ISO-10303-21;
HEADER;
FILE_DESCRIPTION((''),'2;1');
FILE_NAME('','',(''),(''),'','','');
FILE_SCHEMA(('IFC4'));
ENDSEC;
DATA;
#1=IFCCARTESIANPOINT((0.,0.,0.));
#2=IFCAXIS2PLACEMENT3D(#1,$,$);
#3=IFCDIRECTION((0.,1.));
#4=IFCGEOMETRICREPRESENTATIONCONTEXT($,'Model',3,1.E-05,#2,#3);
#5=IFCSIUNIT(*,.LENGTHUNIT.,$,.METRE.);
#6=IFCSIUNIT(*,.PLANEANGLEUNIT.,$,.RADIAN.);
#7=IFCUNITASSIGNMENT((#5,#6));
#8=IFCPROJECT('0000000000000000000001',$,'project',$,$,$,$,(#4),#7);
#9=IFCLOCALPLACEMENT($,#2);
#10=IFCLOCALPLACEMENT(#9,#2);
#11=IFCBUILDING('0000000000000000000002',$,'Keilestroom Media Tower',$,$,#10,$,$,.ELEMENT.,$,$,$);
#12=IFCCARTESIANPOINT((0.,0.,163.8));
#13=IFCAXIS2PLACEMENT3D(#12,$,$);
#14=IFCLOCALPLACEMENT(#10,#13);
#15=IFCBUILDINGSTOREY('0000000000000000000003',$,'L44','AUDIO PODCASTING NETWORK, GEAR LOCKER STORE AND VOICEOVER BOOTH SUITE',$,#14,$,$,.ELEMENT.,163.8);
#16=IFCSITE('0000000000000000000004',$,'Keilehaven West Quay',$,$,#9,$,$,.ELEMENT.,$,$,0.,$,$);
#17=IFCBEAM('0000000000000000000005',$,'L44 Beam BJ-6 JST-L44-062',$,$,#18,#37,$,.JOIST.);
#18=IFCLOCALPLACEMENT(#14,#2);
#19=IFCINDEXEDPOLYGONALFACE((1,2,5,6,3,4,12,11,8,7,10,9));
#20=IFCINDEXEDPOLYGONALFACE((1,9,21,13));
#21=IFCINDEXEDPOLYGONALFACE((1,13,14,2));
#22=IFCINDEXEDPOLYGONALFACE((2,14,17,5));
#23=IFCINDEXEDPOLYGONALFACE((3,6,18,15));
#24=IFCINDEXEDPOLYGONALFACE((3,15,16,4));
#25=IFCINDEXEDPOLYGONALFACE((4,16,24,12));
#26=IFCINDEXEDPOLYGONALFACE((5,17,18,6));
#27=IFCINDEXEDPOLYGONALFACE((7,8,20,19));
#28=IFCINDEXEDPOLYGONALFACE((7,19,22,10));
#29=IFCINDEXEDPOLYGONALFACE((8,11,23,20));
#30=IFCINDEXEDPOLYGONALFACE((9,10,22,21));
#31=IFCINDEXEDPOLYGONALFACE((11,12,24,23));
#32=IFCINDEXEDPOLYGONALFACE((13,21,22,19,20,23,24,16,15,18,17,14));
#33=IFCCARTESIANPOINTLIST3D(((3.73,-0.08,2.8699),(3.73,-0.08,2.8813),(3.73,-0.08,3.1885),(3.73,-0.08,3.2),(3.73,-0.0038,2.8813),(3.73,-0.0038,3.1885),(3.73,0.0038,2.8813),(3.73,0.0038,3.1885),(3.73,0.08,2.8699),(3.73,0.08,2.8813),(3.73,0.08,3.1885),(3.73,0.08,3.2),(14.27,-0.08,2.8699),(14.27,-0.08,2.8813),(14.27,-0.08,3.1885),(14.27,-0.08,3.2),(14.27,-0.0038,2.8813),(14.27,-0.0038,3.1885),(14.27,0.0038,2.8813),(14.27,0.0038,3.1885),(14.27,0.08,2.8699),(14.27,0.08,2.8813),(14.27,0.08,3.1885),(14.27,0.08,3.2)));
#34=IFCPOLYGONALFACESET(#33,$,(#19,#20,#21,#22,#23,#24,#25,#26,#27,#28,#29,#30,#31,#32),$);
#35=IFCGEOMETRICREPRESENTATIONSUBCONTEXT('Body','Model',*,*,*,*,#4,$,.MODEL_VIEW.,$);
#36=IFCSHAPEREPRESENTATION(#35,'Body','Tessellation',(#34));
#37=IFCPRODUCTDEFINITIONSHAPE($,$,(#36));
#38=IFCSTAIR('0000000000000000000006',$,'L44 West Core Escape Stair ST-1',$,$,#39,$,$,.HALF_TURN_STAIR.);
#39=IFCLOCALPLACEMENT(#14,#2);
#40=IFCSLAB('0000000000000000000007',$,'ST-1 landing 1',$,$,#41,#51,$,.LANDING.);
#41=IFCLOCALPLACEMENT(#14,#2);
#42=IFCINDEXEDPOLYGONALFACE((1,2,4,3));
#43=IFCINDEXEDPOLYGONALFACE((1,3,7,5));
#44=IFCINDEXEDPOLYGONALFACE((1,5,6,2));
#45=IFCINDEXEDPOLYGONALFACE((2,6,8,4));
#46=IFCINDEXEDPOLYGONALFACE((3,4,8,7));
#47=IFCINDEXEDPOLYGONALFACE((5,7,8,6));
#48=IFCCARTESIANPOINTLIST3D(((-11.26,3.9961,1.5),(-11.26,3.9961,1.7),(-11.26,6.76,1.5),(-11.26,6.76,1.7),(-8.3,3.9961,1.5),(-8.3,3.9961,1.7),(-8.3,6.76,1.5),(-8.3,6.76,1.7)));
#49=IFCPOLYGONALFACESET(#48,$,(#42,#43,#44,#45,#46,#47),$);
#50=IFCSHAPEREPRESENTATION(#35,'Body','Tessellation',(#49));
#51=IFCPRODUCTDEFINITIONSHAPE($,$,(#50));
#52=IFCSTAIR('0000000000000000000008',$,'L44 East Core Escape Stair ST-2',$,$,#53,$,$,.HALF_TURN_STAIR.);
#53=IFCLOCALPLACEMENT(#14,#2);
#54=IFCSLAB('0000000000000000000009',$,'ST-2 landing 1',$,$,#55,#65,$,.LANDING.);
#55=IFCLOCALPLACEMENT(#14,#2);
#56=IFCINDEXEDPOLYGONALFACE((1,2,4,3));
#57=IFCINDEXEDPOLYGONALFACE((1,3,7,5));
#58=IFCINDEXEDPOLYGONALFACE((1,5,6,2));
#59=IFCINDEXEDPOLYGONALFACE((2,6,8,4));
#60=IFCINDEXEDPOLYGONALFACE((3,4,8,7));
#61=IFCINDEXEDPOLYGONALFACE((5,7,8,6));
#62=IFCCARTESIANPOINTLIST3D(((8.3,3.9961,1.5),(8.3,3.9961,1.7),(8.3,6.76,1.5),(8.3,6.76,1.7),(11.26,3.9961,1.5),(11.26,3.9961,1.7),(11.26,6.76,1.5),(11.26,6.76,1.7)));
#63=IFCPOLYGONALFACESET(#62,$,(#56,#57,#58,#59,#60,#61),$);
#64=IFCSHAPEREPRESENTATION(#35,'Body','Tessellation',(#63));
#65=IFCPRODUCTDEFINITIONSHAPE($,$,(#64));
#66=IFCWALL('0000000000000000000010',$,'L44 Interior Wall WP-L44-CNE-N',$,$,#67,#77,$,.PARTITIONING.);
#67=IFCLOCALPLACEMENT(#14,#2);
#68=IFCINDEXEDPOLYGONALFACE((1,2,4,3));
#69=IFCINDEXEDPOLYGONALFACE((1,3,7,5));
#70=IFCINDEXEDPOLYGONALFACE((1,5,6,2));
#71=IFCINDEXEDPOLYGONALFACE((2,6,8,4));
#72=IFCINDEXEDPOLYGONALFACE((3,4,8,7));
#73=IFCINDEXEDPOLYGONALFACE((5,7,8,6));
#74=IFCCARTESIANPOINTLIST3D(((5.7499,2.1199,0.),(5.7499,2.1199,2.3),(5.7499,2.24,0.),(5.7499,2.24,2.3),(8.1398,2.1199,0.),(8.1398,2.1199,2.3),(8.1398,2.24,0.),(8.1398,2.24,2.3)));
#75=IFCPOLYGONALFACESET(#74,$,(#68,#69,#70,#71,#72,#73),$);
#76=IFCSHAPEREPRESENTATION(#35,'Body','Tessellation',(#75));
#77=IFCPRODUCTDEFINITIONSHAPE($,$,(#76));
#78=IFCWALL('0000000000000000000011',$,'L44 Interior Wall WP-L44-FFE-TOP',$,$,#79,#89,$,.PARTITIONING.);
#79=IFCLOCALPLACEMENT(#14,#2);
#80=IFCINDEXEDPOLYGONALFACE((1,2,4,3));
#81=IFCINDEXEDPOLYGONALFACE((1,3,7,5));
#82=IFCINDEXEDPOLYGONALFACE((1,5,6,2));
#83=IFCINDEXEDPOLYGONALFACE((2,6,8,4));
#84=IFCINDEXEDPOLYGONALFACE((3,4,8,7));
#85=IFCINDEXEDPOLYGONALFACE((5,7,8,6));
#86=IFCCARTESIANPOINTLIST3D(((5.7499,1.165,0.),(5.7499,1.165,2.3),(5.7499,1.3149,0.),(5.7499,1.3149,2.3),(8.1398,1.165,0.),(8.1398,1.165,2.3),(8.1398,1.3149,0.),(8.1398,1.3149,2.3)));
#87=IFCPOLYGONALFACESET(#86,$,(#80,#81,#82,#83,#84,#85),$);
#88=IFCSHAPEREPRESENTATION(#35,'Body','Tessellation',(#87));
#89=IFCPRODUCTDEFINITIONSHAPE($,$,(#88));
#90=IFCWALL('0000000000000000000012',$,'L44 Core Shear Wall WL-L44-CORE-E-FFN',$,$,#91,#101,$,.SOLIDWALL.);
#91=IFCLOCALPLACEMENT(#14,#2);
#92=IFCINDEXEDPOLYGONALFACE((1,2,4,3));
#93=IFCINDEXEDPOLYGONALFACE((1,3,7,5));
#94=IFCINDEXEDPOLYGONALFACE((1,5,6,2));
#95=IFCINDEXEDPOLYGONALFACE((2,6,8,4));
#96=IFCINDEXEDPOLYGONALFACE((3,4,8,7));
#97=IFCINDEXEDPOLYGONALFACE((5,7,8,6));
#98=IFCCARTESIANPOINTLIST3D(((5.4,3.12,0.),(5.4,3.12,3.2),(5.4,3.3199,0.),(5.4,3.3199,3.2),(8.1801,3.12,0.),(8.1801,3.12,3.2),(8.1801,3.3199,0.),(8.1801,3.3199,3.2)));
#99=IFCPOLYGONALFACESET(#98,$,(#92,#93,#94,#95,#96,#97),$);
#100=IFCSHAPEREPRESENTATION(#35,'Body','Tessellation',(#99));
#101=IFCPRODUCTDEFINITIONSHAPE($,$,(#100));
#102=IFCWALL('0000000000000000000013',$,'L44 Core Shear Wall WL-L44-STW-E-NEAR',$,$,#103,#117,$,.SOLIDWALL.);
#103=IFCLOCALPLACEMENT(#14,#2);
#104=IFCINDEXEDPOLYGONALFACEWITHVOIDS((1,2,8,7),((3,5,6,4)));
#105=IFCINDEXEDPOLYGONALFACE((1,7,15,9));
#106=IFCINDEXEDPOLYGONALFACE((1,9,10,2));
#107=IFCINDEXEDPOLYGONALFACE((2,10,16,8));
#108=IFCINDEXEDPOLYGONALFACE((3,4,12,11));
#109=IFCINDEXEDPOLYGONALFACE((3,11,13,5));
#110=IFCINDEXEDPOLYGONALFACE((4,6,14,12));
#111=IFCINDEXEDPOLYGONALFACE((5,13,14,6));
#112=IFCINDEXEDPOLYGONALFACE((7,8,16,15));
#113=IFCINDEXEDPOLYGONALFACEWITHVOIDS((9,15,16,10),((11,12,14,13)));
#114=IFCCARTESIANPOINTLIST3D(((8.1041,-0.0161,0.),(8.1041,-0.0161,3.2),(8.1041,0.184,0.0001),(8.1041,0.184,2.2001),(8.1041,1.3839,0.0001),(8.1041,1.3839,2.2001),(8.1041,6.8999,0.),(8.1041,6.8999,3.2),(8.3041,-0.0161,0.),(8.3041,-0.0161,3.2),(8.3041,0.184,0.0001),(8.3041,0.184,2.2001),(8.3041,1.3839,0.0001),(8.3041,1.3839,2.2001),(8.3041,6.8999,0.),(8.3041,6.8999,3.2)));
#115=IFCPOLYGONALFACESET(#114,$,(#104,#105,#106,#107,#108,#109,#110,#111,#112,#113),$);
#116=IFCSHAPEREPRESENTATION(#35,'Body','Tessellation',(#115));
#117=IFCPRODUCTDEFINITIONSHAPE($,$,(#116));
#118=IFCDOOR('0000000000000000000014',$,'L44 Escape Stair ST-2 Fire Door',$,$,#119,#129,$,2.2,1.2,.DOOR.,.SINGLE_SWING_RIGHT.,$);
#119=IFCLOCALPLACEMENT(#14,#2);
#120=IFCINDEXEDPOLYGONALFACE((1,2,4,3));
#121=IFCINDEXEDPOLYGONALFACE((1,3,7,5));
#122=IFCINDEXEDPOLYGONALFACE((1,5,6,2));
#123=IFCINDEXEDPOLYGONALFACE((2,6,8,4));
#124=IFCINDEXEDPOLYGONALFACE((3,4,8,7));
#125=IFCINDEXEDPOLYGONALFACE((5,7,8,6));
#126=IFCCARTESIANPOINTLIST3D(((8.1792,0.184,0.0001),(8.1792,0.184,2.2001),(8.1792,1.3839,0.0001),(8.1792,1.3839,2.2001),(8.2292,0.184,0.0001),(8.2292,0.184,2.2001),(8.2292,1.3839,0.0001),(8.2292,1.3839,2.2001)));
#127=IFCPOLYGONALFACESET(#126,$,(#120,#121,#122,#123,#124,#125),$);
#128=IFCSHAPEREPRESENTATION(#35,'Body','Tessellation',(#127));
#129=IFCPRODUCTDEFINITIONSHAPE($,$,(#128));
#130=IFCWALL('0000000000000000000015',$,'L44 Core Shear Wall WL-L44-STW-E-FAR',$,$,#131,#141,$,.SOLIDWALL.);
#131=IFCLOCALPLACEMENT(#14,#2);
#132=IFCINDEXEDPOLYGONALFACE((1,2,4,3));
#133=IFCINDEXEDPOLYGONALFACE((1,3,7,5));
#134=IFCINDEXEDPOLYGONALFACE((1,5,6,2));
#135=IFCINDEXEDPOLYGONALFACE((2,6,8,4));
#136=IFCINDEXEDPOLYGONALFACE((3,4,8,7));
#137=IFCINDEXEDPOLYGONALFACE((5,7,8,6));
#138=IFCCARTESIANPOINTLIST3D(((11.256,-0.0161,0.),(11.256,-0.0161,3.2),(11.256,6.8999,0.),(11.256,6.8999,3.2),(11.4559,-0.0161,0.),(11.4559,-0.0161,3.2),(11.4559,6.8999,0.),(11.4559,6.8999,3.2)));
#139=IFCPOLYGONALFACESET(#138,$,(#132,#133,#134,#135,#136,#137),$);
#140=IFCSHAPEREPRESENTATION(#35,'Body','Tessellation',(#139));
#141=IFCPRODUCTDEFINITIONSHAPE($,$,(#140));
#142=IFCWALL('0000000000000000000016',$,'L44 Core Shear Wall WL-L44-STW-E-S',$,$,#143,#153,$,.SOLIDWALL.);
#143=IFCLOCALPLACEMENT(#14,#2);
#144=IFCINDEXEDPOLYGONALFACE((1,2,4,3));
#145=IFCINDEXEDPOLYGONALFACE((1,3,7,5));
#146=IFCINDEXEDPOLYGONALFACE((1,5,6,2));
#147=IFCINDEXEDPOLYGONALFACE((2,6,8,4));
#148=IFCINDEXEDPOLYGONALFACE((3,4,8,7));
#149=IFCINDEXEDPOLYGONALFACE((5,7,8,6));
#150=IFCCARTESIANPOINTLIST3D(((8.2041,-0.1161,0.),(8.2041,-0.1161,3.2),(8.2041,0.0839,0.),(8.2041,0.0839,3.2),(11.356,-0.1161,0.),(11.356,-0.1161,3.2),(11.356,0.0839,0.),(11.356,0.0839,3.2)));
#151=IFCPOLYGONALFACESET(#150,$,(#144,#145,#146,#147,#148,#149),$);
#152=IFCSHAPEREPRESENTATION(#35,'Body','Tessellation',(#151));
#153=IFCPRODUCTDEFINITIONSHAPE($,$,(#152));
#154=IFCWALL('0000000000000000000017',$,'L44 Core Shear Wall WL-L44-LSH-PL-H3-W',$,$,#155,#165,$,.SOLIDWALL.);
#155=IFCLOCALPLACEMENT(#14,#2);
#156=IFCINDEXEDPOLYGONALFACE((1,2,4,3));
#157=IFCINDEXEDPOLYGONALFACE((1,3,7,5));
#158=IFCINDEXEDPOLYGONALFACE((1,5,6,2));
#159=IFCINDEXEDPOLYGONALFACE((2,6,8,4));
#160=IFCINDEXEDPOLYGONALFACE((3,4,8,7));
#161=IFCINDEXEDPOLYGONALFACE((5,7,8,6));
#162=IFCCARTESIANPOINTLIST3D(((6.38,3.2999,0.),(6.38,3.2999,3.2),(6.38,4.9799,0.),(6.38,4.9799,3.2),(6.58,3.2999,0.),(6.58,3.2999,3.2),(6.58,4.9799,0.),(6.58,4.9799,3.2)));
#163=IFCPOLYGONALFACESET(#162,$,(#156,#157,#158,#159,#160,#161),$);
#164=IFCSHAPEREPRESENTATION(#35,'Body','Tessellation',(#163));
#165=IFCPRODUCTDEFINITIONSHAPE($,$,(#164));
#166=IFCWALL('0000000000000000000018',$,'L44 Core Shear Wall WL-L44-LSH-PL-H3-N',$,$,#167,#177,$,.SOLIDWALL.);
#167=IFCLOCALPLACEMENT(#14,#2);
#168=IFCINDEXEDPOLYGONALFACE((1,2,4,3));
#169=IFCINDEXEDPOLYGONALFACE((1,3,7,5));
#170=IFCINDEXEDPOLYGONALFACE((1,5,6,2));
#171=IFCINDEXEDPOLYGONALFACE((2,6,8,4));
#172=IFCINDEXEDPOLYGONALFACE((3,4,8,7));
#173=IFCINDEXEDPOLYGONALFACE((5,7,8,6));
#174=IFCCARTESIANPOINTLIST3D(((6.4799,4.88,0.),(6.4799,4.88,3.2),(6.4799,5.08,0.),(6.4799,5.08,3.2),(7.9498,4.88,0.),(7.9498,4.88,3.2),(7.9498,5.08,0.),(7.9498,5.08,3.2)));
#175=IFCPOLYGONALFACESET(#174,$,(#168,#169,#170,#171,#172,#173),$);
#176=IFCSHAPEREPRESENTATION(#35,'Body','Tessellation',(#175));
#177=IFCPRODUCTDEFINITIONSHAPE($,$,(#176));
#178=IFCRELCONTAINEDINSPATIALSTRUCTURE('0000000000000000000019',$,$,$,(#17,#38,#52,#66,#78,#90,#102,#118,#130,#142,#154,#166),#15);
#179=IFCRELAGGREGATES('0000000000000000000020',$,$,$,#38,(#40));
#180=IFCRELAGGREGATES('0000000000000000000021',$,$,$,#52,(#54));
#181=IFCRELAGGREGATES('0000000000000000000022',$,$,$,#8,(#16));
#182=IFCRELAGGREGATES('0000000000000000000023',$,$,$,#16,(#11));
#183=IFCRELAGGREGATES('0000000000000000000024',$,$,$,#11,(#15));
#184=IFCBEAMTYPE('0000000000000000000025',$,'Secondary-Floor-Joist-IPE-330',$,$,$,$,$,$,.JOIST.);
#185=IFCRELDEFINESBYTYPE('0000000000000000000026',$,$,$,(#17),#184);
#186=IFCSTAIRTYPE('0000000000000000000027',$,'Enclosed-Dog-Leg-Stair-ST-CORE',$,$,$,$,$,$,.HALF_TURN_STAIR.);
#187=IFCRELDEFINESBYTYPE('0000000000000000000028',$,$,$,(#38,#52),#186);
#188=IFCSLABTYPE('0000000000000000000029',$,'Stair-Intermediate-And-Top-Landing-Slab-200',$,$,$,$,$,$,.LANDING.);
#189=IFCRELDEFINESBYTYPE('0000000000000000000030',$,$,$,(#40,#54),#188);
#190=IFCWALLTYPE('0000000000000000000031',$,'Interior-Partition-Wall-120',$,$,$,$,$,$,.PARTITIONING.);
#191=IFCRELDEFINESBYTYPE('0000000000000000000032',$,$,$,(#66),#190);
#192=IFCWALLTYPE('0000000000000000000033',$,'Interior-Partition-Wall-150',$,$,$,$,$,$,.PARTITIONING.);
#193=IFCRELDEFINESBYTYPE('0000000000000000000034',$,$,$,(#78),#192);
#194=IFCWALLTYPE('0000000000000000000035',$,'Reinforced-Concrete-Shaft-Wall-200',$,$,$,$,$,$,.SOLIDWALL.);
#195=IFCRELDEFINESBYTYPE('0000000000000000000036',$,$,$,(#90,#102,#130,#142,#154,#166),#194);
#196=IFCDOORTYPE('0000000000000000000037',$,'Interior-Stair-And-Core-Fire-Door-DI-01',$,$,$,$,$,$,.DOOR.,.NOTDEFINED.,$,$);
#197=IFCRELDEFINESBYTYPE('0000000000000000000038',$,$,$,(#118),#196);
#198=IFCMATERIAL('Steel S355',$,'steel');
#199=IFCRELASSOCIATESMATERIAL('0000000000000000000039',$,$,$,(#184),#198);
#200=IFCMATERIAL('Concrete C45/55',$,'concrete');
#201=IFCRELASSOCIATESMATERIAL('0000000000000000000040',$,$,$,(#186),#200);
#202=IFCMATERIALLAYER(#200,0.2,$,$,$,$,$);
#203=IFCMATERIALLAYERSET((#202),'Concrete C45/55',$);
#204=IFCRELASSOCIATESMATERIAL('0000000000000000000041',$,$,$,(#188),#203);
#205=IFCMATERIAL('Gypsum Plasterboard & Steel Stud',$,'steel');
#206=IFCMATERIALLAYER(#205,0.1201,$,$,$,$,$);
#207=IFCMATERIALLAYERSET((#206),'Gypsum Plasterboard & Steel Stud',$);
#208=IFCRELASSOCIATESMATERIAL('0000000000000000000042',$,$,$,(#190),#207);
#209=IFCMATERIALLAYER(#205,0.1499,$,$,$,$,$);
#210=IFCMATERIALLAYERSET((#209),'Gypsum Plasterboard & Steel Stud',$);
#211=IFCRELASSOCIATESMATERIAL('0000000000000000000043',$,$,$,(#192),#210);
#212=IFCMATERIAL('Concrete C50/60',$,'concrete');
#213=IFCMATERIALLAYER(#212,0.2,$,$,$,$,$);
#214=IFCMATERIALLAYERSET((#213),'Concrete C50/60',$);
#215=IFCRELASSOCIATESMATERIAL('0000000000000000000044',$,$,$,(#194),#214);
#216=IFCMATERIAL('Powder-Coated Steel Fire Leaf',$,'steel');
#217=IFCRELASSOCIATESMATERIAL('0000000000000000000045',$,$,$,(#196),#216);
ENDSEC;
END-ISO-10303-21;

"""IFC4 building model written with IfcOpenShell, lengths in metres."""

from ifc_helpers import new_model, si_unit, direction, frame, frame_2d, origin, origin_2d, place, context, subcontext, project, spatial, polyline, rectangle, i_section, outline, extrude, source, transform, mapped, material, layer, layer_set, material_profile, profile_set, type_object, element, fill, aggregate, save


model = new_model("IFC4")

# Units and contexts
model_context = context("Model", 3, precision=1e-05, world=origin(), true_north=direction((0.0, 1.0)))
body_context = subcontext(model_context, "Body", "Model", "MODEL_VIEW")
ifc_project = project(units=[si_unit("LENGTHUNIT", "METRE"), si_unit("PLANEANGLEUNIT", "RADIAN")], contexts=[model_context])

# Site, building, storey
site_placement = place(None, origin())
site = spatial("IfcSite", under=ifc_project, at=site_placement, Name="Keilehaven West Quay", CompositionType="ELEMENT", RefElevation=0.0)
building_placement = place(site_placement, origin())
building = spatial("IfcBuilding", under=site, at=building_placement, Name="Keilestroom Media Tower", CompositionType="ELEMENT")
storey_placement = place(building_placement, frame((0.0, 0.0, 163.8)))
storey = spatial("IfcBuildingStorey", under=building, at=storey_placement, Name="L44", Description="AUDIO PODCASTING NETWORK, GEAR LOCKER STORE AND VOICEOVER BOOTH SUITE", CompositionType="ELEMENT", Elevation=163.8)

# Beam
ifc_material_1 = material(Name="Steel S355", Category="steel")
ifc_material_profile = material_profile(ifc_material_1, i_section(OverallWidth=0.1599, OverallDepth=0.3301, WebThickness=0.0076, FlangeThickness=0.0115, at=origin_2d()), Name="IPE 330")
ifc_profile_set = profile_set([ifc_material_profile], Name="Steel S355")
beam_type = type_object("IfcBeamType", Name="Secondary-Floor-Joist-IPE-330", PredefinedType="JOIST", material=ifc_profile_set)
shared_shape_1 = source(origin(), body_context, "Body", "SweptSolid", [
    extrude(i_section(OverallWidth=0.1599, OverallDepth=0.3301, WebThickness=0.0076, FlangeThickness=0.0115, at=origin_2d()), origin(), (0.0, 0.0, 1.0), 10.54),
])
beam_placement = place(storey_placement, frame((3.73, 0.0, 3.0349), z_axis=(1.0, 0.0, 0.0), x_axis=(0.0, 1.0, 0.0)))
element("IfcBeam", 1, at=beam_placement, inside=storey, type_object=beam_type, Name="L44 Beam BJ-6 JST-L44-062", PredefinedType="JOIST", context=body_context, shape_type="MappedRepresentation", body=[
    mapped(shared_shape_1, transform((0.0, 0.0, 0.0), x_axis=(1.0, 0.0, 0.0), y_axis=(0.0, 1.0, 0.0), z_axis=(0.0, 0.0, 1.0), scale=1.0)),
])

# Stairs, slabs
ifc_material_2 = material(Name="Concrete C45/55", Category="concrete")
stair_type = type_object("IfcStairType", Name="Enclosed-Dog-Leg-Stair-ST-CORE", PredefinedType="HALF_TURN_STAIR", material=ifc_material_2)
stair_1_placement = place(storey_placement, origin())
stair_1 = element("IfcStair", 2, at=stair_1_placement, inside=storey, type_object=stair_type, Name="L44 West Core Escape Stair ST-1", PredefinedType="HALF_TURN_STAIR")
ifc_layer_1 = layer(ifc_material_2, 0.2)
ifc_layer_set_1 = layer_set([ifc_layer_1], Name="Concrete C45/55")
slab_type = type_object("IfcSlabType", Name="Stair-Intermediate-And-Top-Landing-Slab-200", PredefinedType="LANDING", material=ifc_layer_set_1)
slab_1_placement = place(storey_placement, frame((0.0, 0.0, 1.5)))
slab_1 = element("IfcSlab", 3, at=slab_1_placement, type_object=slab_type, Name="ST-1 landing 1", PredefinedType="LANDING", context=body_context, shape_type="SweptSolid", body=[
    extrude(outline(polyline([(-8.3, 3.9961), (-8.3, 6.76), (-11.26, 6.76), (-11.26, 3.9961), (-8.3, 3.9961)])), origin(), (0.0, 0.0, 1.0), 0.2),
])
aggregate(stair_1, [slab_1])
stair_2_placement = place(storey_placement, origin())
stair_2 = element("IfcStair", 4, at=stair_2_placement, inside=storey, type_object=stair_type, Name="L44 East Core Escape Stair ST-2", PredefinedType="HALF_TURN_STAIR")
slab_2_placement = place(storey_placement, frame((0.0, 0.0, 1.5)))
slab_2 = element("IfcSlab", 5, at=slab_2_placement, type_object=slab_type, Name="ST-2 landing 1", PredefinedType="LANDING", context=body_context, shape_type="SweptSolid", body=[
    extrude(outline(polyline([(11.26, 3.9961), (11.26, 6.76), (8.3, 6.76), (8.3, 3.9961), (11.26, 3.9961)])), origin(), (0.0, 0.0, 1.0), 0.2),
])

# Walls
ifc_material_3 = material(Name="Gypsum Plasterboard & Steel Stud", Category="steel")
ifc_layer_2 = layer(ifc_material_3, 0.1201)
ifc_layer_set_2 = layer_set([ifc_layer_2], Name="Gypsum Plasterboard & Steel Stud")
wall_type_1 = type_object("IfcWallType", Name="Interior-Partition-Wall-120", PredefinedType="PARTITIONING", material=ifc_layer_set_2)
wall_1_placement = place(storey_placement, frame((5.75, 2.1799, 0.0), z_axis=(0.0, 0.0, 1.0), x_axis=(1.0, 0.0, 0.0)))
element("IfcWall", 6, at=wall_1_placement, inside=storey, type_object=wall_type_1, Name="L44 Interior Wall WP-L44-CNE-N", PredefinedType="PARTITIONING", context=body_context, shape_type="SweptSolid", body=[
    extrude(rectangle(XDim=2.3899, YDim=0.1201, at=frame_2d((1.1948, 0.0))), origin(), (0.0, 0.0, 1.0), 2.3),
])
ifc_layer_3 = layer(ifc_material_3, 0.1499)
ifc_layer_set_3 = layer_set([ifc_layer_3], Name="Gypsum Plasterboard & Steel Stud")
wall_type_2 = type_object("IfcWallType", Name="Interior-Partition-Wall-150", PredefinedType="PARTITIONING", material=ifc_layer_set_3)
wall_2_placement = place(storey_placement, frame((5.75, 1.24, 0.0), z_axis=(0.0, 0.0, 1.0), x_axis=(1.0, 0.0, 0.0)))
element("IfcWall", 7, at=wall_2_placement, inside=storey, type_object=wall_type_2, Name="L44 Interior Wall WP-L44-FFE-TOP", PredefinedType="PARTITIONING", context=body_context, shape_type="SweptSolid", body=[
    extrude(rectangle(XDim=2.3899, YDim=0.1499, at=frame_2d((1.1948, 0.0))), origin(), (0.0, 0.0, 1.0), 2.3),
])
ifc_material_4 = material(Name="Concrete C50/60", Category="concrete")
ifc_layer_4 = layer(ifc_material_4, 0.2)
ifc_layer_set_4 = layer_set([ifc_layer_4], Name="Concrete C50/60")
wall_type_3 = type_object("IfcWallType", Name="Reinforced-Concrete-Shaft-Wall-200", PredefinedType="SOLIDWALL", material=ifc_layer_set_4)
wall_3_placement = place(storey_placement, frame((5.3999, 3.22, 0.0), z_axis=(0.0, 0.0, 1.0), x_axis=(1.0, 0.0, 0.0)))
element("IfcWall", 8, at=wall_3_placement, inside=storey, type_object=wall_type_3, Name="L44 Core Shear Wall WL-L44-CORE-E-FFN", PredefinedType="SOLIDWALL", context=body_context, shape_type="SweptSolid", body=[
    extrude(rectangle(XDim=2.78, YDim=0.2, at=frame_2d((1.3901, 0.0))), origin(), (0.0, 0.0, 1.0), 3.2),
])

# Wall, opening, door
wall_4_placement = place(storey_placement, frame((8.2041, -0.0161, 0.0), z_axis=(0.0, 0.0, 1.0), x_axis=(0.0, 1.0, 0.0)))
wall_4 = element("IfcWall", 9, at=wall_4_placement, inside=storey, type_object=wall_type_3, Name="L44 Core Shear Wall WL-L44-STW-E-NEAR", PredefinedType="SOLIDWALL", context=body_context, shape_type="SweptSolid", body=[
    extrude(rectangle(XDim=6.916, YDim=0.2, at=frame_2d((3.458, 0.0))), origin(), (0.0, 0.0, 1.0), 3.2),
])
opening_placement = place(wall_4_placement, frame((0.2, 0.0, 0.0)))
opening = element("IfcOpeningElement", 10, at=opening_placement, cuts=wall_4, PredefinedType="OPENING", context=body_context, shape_type="SweptSolid", body=[
    extrude(rectangle(XDim=1.2, YDim=2.2, at=frame_2d((0.6001, 1.1001))), frame((0.0, 0.1099, 0.0), z_axis=(0.0, -1.0, 0.0), x_axis=(1.0, 0.0, 0.0)), (0.0, 0.0, 1.0), 0.22),
])
ifc_material_5 = material(Name="Powder-Coated Steel Fire Leaf", Category="steel")
door_type = type_object("IfcDoorType", Name="Interior-Stair-And-Core-Fire-Door-DI-01", OperationType="NOTDEFINED", PredefinedType="DOOR", material=ifc_material_5)
shared_shape_2 = source(origin(), body_context, "Body", "SweptSolid", [
    extrude(rectangle(XDim=1.2, YDim=2.2, at=frame_2d((0.6001, 1.1001))), frame((0.0, 0.0249, 0.0), z_axis=(0.0, -1.0, 0.0), x_axis=(1.0, 0.0, 0.0)), (0.0, 0.0, 1.0), 0.05),
])
door_placement = place(opening_placement, origin())
door = element("IfcDoor", 11, at=door_placement, inside=storey, type_object=door_type, Name="L44 Escape Stair ST-2 Fire Door", OperationType="SINGLE_SWING_RIGHT", OverallHeight=2.2, OverallWidth=1.2, PredefinedType="DOOR", context=body_context, shape_type="MappedRepresentation", body=[
    mapped(shared_shape_2, transform((0.0, 0.0, 0.0), x_axis=(1.0, 0.0, 0.0), y_axis=(0.0, 1.0, 0.0), z_axis=(0.0, 0.0, 1.0), scale=1.0)),
])
fill(opening, door)

# Walls
wall_5_placement = place(storey_placement, frame((11.356, -0.0161, 0.0), z_axis=(0.0, 0.0, 1.0), x_axis=(0.0, 1.0, 0.0)))
element("IfcWall", 12, at=wall_5_placement, inside=storey, type_object=wall_type_3, Name="L44 Core Shear Wall WL-L44-STW-E-FAR", PredefinedType="SOLIDWALL", context=body_context, shape_type="SweptSolid", body=[
    extrude(rectangle(XDim=6.916, YDim=0.2, at=frame_2d((3.458, 0.0))), origin(), (0.0, 0.0, 1.0), 3.2),
])
wall_6_placement = place(storey_placement, frame((8.2041, -0.0161, 0.0), z_axis=(0.0, 0.0, 1.0), x_axis=(1.0, 0.0, 0.0)))
element("IfcWall", 13, at=wall_6_placement, inside=storey, type_object=wall_type_3, Name="L44 Core Shear Wall WL-L44-STW-E-S", PredefinedType="SOLIDWALL", context=body_context, shape_type="SweptSolid", body=[
    extrude(rectangle(XDim=3.1519, YDim=0.2, at=frame_2d((1.5759, 0.0))), origin(), (0.0, 0.0, 1.0), 3.2),
])
wall_7_placement = place(storey_placement, frame((6.48, 3.3, 0.0), z_axis=(0.0, 0.0, 1.0), x_axis=(0.0, 1.0, 0.0)))
element("IfcWall", 14, at=wall_7_placement, inside=storey, type_object=wall_type_3, Name="L44 Core Shear Wall WL-L44-LSH-PL-H3-W", PredefinedType="SOLIDWALL", context=body_context, shape_type="SweptSolid", body=[
    extrude(rectangle(XDim=1.6799, YDim=0.2, at=frame_2d((0.8398, 0.0))), origin(), (0.0, 0.0, 1.0), 3.2),
])
wall_8_placement = place(storey_placement, frame((6.48, 4.98, 0.0), z_axis=(0.0, 0.0, 1.0), x_axis=(1.0, 0.0, 0.0)))
element("IfcWall", 15, at=wall_8_placement, inside=storey, type_object=wall_type_3, Name="L44 Core Shear Wall WL-L44-LSH-PL-H3-N", PredefinedType="SOLIDWALL", context=body_context, shape_type="SweptSolid", body=[
    extrude(rectangle(XDim=1.47, YDim=0.2, at=frame_2d((0.7349, 0.0))), origin(), (0.0, 0.0, 1.0), 3.2),
])

aggregate(stair_2, [slab_2])

save(model, "model.ifc")
